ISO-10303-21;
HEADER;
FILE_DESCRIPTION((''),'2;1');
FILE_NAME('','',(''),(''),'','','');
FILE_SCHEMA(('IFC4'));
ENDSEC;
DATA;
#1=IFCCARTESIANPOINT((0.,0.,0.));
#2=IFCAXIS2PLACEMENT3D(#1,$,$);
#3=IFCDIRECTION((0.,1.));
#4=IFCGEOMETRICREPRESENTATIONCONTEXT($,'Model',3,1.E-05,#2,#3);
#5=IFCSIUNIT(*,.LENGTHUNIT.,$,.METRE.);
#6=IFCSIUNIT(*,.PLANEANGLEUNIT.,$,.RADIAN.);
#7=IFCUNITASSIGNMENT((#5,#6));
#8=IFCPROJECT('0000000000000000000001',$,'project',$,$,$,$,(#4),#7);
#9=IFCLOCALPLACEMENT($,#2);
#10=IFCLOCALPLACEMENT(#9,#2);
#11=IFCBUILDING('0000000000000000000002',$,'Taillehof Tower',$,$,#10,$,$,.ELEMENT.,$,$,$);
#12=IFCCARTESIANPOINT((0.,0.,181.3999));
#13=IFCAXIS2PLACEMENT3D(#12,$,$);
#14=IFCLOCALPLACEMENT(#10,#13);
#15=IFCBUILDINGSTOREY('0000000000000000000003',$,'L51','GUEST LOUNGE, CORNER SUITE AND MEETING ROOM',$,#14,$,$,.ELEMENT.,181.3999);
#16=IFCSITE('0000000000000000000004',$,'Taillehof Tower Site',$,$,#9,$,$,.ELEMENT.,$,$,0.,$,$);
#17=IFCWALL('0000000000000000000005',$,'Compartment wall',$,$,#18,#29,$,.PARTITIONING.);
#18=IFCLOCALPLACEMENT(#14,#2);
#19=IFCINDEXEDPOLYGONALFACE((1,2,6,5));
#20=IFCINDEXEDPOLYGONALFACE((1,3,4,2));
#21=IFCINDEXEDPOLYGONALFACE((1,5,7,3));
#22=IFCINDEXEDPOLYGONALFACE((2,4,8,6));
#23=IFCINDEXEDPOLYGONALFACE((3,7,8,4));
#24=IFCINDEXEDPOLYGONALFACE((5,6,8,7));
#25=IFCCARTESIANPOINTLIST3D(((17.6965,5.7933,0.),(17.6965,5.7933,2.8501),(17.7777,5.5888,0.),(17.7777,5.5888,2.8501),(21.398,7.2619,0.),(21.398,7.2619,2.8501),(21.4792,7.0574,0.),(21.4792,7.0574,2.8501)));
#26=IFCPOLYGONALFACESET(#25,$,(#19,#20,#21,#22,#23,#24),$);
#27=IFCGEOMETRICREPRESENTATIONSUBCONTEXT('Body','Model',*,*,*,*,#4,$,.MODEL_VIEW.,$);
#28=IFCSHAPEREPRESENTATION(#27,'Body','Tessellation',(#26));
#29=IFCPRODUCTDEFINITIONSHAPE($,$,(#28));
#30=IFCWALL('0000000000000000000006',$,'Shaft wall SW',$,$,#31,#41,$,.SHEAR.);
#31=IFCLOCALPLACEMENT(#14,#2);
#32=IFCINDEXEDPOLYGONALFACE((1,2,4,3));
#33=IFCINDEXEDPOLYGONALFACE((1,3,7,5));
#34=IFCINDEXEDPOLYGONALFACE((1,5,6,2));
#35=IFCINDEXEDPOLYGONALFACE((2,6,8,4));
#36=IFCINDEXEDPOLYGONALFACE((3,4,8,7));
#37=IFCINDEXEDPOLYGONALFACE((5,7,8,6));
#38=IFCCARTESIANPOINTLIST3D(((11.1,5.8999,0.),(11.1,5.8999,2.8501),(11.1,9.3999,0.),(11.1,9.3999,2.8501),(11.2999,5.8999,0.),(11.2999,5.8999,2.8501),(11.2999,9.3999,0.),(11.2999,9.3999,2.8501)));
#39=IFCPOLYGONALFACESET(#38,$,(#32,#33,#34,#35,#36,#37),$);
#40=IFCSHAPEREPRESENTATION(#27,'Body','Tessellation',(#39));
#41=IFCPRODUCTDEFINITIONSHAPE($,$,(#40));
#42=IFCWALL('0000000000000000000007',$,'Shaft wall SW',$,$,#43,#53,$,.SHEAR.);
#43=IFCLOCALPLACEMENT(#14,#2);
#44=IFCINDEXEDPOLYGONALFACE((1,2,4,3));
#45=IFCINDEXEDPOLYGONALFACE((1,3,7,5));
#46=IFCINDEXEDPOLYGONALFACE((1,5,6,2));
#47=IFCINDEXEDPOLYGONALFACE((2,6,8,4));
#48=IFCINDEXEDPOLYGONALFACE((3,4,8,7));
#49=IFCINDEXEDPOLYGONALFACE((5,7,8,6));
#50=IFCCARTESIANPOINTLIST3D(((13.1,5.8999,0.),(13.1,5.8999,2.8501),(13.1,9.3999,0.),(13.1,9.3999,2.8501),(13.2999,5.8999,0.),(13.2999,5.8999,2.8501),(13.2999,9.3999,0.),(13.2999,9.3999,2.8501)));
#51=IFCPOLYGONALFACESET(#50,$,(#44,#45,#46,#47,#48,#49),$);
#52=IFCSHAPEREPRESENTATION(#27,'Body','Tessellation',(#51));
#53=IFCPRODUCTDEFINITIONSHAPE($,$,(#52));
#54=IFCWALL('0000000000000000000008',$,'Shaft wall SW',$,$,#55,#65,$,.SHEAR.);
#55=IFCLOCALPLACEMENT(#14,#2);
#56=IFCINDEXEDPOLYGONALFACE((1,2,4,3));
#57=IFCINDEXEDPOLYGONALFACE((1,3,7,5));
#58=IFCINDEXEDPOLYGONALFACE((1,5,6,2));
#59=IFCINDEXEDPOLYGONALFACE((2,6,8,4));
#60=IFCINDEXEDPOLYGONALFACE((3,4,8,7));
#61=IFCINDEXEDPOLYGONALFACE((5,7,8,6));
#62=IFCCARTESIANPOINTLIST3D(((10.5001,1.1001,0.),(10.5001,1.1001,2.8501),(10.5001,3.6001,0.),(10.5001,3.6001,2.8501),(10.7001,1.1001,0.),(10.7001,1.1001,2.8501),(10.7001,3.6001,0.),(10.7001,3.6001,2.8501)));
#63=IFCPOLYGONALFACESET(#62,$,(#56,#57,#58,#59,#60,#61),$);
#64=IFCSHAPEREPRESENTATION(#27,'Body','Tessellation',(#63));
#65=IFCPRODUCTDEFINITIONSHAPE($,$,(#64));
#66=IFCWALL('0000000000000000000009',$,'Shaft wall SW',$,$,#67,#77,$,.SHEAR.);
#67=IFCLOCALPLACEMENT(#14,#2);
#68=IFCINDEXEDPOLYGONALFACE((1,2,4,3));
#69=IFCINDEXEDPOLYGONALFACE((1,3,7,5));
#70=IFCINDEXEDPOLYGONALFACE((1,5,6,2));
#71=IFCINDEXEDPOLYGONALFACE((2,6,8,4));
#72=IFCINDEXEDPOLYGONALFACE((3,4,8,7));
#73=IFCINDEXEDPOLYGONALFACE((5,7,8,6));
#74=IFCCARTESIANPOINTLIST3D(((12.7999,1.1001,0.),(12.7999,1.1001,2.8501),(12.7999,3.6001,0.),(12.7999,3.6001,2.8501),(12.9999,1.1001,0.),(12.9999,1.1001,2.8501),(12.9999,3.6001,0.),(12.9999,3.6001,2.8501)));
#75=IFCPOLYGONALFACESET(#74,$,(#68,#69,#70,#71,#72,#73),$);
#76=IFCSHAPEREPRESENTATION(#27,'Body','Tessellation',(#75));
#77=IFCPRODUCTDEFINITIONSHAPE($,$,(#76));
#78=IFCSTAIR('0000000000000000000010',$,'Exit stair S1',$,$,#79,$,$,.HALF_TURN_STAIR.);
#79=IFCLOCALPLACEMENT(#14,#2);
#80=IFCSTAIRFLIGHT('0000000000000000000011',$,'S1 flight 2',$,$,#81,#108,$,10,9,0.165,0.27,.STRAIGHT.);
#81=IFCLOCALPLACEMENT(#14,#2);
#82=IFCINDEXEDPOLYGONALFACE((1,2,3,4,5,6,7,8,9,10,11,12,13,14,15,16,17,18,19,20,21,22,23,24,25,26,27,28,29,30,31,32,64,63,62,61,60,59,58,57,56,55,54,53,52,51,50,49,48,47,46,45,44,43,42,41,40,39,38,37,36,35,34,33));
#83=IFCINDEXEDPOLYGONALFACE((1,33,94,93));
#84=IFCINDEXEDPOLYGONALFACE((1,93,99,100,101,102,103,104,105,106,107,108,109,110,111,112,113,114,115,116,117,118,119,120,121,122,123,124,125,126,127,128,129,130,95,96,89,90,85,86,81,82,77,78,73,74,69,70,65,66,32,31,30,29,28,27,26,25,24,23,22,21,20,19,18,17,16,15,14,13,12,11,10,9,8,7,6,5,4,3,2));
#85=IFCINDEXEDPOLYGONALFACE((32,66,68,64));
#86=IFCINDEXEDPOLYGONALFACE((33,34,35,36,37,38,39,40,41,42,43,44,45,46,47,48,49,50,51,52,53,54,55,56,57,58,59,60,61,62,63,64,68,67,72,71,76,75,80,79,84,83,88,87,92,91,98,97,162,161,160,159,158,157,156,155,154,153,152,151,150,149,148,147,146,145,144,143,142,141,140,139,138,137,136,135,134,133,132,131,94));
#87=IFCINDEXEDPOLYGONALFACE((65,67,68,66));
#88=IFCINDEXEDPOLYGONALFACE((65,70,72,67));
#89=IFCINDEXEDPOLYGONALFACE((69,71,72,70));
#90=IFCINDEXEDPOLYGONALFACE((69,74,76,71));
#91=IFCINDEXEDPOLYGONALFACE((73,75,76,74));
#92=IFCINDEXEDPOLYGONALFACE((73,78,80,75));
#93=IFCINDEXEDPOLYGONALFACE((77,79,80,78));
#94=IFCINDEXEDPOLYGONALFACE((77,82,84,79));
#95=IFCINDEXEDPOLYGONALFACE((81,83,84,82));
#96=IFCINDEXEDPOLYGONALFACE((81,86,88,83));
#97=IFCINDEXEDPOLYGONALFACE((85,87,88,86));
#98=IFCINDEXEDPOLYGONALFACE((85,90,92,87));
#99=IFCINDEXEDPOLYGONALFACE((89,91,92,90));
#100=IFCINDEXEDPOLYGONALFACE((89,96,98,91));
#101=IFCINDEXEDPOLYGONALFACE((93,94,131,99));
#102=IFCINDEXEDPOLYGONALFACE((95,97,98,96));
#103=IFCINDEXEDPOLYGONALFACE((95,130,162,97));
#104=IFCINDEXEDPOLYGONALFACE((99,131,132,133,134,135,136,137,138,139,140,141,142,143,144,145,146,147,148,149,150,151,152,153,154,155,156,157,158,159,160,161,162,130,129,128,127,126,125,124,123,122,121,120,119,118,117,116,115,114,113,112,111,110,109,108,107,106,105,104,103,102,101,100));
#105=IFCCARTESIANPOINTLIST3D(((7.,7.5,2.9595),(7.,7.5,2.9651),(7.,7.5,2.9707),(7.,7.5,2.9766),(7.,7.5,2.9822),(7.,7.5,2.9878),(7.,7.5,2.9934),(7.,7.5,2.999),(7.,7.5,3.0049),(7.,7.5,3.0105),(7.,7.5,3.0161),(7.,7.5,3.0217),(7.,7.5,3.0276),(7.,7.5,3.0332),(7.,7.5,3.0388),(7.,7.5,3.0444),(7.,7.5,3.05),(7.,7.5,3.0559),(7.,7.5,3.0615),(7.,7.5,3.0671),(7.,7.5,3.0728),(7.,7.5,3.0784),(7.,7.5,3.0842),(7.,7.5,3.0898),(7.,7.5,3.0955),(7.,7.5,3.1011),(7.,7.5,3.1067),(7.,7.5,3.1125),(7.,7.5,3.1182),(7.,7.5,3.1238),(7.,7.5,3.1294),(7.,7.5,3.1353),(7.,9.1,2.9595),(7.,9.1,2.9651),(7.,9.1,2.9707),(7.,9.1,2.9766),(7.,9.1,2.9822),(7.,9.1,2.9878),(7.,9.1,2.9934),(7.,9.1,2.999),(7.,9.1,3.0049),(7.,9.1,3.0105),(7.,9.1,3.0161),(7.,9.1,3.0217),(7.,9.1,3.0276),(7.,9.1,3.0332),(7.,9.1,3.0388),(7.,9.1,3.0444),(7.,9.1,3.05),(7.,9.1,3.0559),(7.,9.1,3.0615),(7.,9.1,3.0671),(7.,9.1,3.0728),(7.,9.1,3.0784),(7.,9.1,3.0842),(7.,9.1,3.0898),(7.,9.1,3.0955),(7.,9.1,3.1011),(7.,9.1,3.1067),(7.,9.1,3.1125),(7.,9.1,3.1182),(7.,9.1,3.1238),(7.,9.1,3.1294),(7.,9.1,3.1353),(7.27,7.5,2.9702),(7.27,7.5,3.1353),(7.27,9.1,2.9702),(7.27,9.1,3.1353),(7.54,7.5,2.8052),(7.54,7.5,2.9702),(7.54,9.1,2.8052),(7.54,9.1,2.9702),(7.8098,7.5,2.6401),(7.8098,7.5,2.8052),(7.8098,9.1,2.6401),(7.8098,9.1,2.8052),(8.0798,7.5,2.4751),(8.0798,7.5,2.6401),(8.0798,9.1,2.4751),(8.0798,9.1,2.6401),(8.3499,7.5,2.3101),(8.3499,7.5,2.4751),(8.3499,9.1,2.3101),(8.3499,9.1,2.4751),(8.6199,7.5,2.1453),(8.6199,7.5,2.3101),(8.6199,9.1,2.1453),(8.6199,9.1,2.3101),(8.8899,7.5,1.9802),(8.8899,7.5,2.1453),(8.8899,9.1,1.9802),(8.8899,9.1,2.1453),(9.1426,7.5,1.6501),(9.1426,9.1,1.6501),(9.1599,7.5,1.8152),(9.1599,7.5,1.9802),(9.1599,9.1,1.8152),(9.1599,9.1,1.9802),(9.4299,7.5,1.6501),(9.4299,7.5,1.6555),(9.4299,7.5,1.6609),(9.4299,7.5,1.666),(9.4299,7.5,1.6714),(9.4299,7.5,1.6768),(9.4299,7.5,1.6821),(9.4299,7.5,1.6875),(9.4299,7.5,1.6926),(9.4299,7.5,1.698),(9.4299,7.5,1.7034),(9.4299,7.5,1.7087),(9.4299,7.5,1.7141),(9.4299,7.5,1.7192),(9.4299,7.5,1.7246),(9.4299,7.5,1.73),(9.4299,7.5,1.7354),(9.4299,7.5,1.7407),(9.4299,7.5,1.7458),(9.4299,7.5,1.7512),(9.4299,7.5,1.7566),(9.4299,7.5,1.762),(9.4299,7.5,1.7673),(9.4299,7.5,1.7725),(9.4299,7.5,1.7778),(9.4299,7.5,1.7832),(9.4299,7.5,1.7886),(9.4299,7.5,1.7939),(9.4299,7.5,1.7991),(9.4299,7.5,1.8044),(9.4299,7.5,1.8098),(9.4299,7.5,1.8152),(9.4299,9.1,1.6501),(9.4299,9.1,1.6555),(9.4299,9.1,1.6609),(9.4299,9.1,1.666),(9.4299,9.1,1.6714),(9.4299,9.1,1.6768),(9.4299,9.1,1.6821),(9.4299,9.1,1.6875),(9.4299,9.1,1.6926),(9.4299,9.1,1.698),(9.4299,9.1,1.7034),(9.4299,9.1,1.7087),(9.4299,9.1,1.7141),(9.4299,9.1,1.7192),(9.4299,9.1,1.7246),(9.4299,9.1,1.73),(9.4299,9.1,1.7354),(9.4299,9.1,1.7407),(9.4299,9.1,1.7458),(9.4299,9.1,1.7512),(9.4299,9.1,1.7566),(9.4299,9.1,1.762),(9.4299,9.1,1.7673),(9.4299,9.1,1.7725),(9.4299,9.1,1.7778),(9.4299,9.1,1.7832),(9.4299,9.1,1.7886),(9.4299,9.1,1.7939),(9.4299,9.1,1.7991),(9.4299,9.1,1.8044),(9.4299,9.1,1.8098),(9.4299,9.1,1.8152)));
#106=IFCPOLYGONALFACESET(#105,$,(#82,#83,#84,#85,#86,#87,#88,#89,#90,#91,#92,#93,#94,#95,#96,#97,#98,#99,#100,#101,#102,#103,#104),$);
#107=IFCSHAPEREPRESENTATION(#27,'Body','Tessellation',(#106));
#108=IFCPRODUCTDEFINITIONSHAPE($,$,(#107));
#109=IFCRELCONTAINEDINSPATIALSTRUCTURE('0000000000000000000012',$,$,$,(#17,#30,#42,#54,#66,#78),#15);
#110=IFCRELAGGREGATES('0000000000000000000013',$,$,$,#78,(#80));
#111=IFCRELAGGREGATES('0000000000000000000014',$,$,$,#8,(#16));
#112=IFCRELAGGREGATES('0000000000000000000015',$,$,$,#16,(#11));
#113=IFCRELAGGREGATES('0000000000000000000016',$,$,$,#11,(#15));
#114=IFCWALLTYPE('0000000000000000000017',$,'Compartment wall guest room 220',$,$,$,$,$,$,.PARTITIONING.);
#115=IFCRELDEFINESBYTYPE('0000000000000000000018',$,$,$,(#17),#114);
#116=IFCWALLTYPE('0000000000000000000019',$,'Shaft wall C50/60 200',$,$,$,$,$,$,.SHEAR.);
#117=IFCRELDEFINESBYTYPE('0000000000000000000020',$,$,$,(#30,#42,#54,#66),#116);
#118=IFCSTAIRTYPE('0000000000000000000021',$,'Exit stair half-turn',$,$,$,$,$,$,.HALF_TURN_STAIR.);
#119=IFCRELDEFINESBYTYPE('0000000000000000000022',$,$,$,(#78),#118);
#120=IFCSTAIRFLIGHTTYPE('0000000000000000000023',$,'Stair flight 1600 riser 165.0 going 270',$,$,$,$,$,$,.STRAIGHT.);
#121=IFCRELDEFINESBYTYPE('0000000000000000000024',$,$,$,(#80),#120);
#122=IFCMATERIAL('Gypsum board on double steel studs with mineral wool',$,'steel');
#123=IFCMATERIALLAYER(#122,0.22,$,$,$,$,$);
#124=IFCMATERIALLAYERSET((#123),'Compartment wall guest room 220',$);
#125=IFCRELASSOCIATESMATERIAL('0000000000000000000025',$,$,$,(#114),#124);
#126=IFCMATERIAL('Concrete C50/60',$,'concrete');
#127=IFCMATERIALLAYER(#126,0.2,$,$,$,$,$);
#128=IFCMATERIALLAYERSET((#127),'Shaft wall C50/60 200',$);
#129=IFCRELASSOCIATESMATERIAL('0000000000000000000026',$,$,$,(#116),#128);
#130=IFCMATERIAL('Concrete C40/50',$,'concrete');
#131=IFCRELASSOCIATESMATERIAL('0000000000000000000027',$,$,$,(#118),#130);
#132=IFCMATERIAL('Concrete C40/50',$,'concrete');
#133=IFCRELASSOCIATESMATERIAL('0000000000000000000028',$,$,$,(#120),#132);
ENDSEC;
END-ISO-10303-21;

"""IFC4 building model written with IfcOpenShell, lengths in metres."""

from ifc_helpers import new_model, si_unit, direction, frame, frame_2d, origin, place, context, subcontext, project, spatial, polyline, rectangle, outline, extrude, material, layer, layer_set, type_object, element, aggregate, save


model = new_model("IFC4")

# Units and contexts
model_context = context("Model", 3, precision=1e-05, world=origin(), true_north=direction((0.0, 1.0)))
body_context = subcontext(model_context, "Body", "Model", "MODEL_VIEW")
ifc_project = project(units=[si_unit("LENGTHUNIT", "METRE"), si_unit("PLANEANGLEUNIT", "RADIAN")], contexts=[model_context])

# Site, building, storey
site_placement = place(None, origin())
site = spatial("IfcSite", under=ifc_project, at=site_placement, Name="Taillehof Tower Site", CompositionType="ELEMENT", RefElevation=0.0)
building_placement = place(site_placement, origin())
building = spatial("IfcBuilding", under=site, at=building_placement, Name="Taillehof Tower", CompositionType="ELEMENT")
storey_placement = place(building_placement, frame((0.0, 0.0, 181.3999)))
storey = spatial("IfcBuildingStorey", under=building, at=storey_placement, Name="L51", Description="GUEST LOUNGE, CORNER SUITE AND MEETING ROOM", CompositionType="ELEMENT", Elevation=181.3999)

# Walls
ifc_material_1 = material(Name="Gypsum board on double steel studs with mineral wool", Category="steel")
ifc_layer_1 = layer(ifc_material_1, 0.22)
ifc_layer_set_1 = layer_set([ifc_layer_1], Name="Compartment wall guest room 220")
wall_type_1 = type_object("IfcWallType", Name="Compartment wall guest room 220", PredefinedType="PARTITIONING", material=ifc_layer_set_1)
wall_1_placement = place(storey_placement, frame((21.4387, 7.1597, 0.0), z_axis=(0.0, 0.0, 1.0), x_axis=(-0.929517, -0.368778, 0.0)))
element("IfcWall", 1, at=wall_1_placement, inside=storey, type_object=wall_type_1, Name="Compartment wall", PredefinedType="PARTITIONING", context=body_context, shape_type="SweptSolid", body=[
    extrude(rectangle(XDim=3.9822, YDim=0.22, at=frame_2d((1.9912, 0.0))), origin(), (0.0, 0.0, 1.0), 2.8501),
])
ifc_material_2 = material(Name="Concrete C50/60", Category="concrete")
ifc_layer_2 = layer(ifc_material_2, 0.2)
ifc_layer_set_2 = layer_set([ifc_layer_2], Name="Shaft wall C50/60 200")
wall_type_2 = type_object("IfcWallType", Name="Shaft wall C50/60 200", PredefinedType="SHEAR", material=ifc_layer_set_2)
for number, where, z_axis, x_axis, name in (
    (2, (11.2, 5.8999, 0.0), (0.0, 0.0, 1.0), (0.0, 1.0, 0.0), "Shaft wall SW"),
    (3, (13.2, 5.8999, 0.0), (0.0, 0.0, 1.0), (0.0, 1.0, 0.0), "Shaft wall SW"),
):
    element("IfcWall", number, at=place(storey_placement, frame(where, z_axis=z_axis, x_axis=x_axis)), inside=storey, type_object=wall_type_2, Name=name, PredefinedType="SHEAR", context=body_context, shape_type="SweptSolid", body=[
        extrude(rectangle(XDim=3.5, YDim=0.2, at=frame_2d((1.75, 0.0))), origin(), (0.0, 0.0, 1.0), 2.8501),
    ])
for number, where, z_axis, x_axis, name in (
    (4, (10.6001, 1.1001, 0.0), (0.0, 0.0, 1.0), (0.0, 1.0, 0.0), "Shaft wall SW"),
    (5, (12.8999, 1.1001, 0.0), (0.0, 0.0, 1.0), (0.0, 1.0, 0.0), "Shaft wall SW"),
):
    element("IfcWall", number, at=place(storey_placement, frame(where, z_axis=z_axis, x_axis=x_axis)), inside=storey, type_object=wall_type_2, Name=name, PredefinedType="SHEAR", context=body_context, shape_type="SweptSolid", body=[
        extrude(rectangle(XDim=2.5, YDim=0.2, at=frame_2d((1.25, 0.0))), origin(), (0.0, 0.0, 1.0), 2.8501),
    ])

# Stair, stair flight
ifc_material_3 = material(Name="Concrete C40/50", Category="concrete")
stair_type = type_object("IfcStairType", Name="Exit stair half-turn", PredefinedType="HALF_TURN_STAIR", material=ifc_material_3)
stair_placement = place(storey_placement, origin())
stair = element("IfcStair", 6, at=stair_placement, inside=storey, type_object=stair_type, Name="Exit stair S1", PredefinedType="HALF_TURN_STAIR")
ifc_material_4 = material(Name="Concrete C40/50", Category="concrete")
stair_flight_type = type_object("IfcStairFlightType", Name="Stair flight 1600 riser 165.0 going 270", PredefinedType="STRAIGHT", material=ifc_material_4)
stair_flight_placement = place(storey_placement, frame((9.4299, 8.3, 1.6501), z_axis=(0.0, 0.0, 1.0), x_axis=(-1.0, 0.0, 0.0)))
stair_flight = element("IfcStairFlight", 7, at=stair_flight_placement, type_object=stair_flight_type, Name="S1 flight 2", NumberOfRisers=10, NumberOfTreads=9, PredefinedType="STRAIGHT", RiserHeight=0.165, TreadLength=0.27, context=body_context, shape_type="SweptSolid", body=[
    extrude(outline(polyline([(0.0, 0.0), (0.0, 0.0054), (0.0, 0.0107), (0.0, 0.0159), (0.0, 0.0212), (0.0, 0.0266), (0.0, 0.032), (0.0, 0.0374), (0.0, 0.0425), (0.0, 0.0479), (0.0, 0.0532), (0.0, 0.0586), (0.0, 0.064), (0.0, 0.0691), (0.0, 0.0745), (0.0, 0.0798), (0.0, 0.0852), (0.0, 0.0906), (0.0, 0.0957), (0.0, 0.1011), (0.0, 0.1064), (0.0, 0.1118), (0.0, 0.1172), (0.0, 0.1223), (0.0, 0.1277), (0.0, 0.1331), (0.0, 0.1384), (0.0, 0.1438), (0.0, 0.1489), (0.0, 0.1543), (0.0, 0.1597), (0.0, 0.165), (0.27, 0.165), (0.27, 0.3301), (0.54, 0.3301), (0.54, 0.4951), (0.8101, 0.4951), (0.8101, 0.6599), (1.0801, 0.6599), (1.0801, 0.825), (1.3501, 0.825), (1.3501, 0.99), (1.6201, 0.99), (1.6201, 1.155), (1.8899, 1.155), (1.8899, 1.3201), (2.1599, 1.3201), (2.1599, 1.4851), (2.4299, 1.4851), (2.4299, 1.4792), (2.4299, 1.4736), (2.4299, 1.468), (2.4299, 1.4624), (2.4299, 1.4565), (2.4299, 1.4509), (2.4299, 1.4453), (2.4299, 1.4397), (2.4299, 1.4341), (2.4299, 1.4282), (2.4299, 1.4226), (2.4299, 1.417), (2.4299, 1.4114), (2.4299, 1.4058), (2.4299, 1.3999), (2.4299, 1.3943), (2.4299, 1.3887), (2.4299, 1.3831), (2.4299, 1.3774), (2.4299, 1.3716), (2.4299, 1.366), (2.4299, 1.3604), (2.4299, 1.3547), (2.4299, 1.3489), (2.4299, 1.3433), (2.4299, 1.3376), (2.4299, 1.332), (2.4299, 1.3264), (2.4299, 1.3206), (2.4299, 1.3149), (2.4299, 1.3093), (0.2874, 0.0), (0.0, 0.0)])), frame((0.0, 0.8, 0.0), z_axis=(0.0, -1.0, 0.0), x_axis=(1.0, 0.0, 0.0)), (0.0, 0.0, 1.0), 1.6),
])
aggregate(stair, [stair_flight])

save(model, "model.ifc")
